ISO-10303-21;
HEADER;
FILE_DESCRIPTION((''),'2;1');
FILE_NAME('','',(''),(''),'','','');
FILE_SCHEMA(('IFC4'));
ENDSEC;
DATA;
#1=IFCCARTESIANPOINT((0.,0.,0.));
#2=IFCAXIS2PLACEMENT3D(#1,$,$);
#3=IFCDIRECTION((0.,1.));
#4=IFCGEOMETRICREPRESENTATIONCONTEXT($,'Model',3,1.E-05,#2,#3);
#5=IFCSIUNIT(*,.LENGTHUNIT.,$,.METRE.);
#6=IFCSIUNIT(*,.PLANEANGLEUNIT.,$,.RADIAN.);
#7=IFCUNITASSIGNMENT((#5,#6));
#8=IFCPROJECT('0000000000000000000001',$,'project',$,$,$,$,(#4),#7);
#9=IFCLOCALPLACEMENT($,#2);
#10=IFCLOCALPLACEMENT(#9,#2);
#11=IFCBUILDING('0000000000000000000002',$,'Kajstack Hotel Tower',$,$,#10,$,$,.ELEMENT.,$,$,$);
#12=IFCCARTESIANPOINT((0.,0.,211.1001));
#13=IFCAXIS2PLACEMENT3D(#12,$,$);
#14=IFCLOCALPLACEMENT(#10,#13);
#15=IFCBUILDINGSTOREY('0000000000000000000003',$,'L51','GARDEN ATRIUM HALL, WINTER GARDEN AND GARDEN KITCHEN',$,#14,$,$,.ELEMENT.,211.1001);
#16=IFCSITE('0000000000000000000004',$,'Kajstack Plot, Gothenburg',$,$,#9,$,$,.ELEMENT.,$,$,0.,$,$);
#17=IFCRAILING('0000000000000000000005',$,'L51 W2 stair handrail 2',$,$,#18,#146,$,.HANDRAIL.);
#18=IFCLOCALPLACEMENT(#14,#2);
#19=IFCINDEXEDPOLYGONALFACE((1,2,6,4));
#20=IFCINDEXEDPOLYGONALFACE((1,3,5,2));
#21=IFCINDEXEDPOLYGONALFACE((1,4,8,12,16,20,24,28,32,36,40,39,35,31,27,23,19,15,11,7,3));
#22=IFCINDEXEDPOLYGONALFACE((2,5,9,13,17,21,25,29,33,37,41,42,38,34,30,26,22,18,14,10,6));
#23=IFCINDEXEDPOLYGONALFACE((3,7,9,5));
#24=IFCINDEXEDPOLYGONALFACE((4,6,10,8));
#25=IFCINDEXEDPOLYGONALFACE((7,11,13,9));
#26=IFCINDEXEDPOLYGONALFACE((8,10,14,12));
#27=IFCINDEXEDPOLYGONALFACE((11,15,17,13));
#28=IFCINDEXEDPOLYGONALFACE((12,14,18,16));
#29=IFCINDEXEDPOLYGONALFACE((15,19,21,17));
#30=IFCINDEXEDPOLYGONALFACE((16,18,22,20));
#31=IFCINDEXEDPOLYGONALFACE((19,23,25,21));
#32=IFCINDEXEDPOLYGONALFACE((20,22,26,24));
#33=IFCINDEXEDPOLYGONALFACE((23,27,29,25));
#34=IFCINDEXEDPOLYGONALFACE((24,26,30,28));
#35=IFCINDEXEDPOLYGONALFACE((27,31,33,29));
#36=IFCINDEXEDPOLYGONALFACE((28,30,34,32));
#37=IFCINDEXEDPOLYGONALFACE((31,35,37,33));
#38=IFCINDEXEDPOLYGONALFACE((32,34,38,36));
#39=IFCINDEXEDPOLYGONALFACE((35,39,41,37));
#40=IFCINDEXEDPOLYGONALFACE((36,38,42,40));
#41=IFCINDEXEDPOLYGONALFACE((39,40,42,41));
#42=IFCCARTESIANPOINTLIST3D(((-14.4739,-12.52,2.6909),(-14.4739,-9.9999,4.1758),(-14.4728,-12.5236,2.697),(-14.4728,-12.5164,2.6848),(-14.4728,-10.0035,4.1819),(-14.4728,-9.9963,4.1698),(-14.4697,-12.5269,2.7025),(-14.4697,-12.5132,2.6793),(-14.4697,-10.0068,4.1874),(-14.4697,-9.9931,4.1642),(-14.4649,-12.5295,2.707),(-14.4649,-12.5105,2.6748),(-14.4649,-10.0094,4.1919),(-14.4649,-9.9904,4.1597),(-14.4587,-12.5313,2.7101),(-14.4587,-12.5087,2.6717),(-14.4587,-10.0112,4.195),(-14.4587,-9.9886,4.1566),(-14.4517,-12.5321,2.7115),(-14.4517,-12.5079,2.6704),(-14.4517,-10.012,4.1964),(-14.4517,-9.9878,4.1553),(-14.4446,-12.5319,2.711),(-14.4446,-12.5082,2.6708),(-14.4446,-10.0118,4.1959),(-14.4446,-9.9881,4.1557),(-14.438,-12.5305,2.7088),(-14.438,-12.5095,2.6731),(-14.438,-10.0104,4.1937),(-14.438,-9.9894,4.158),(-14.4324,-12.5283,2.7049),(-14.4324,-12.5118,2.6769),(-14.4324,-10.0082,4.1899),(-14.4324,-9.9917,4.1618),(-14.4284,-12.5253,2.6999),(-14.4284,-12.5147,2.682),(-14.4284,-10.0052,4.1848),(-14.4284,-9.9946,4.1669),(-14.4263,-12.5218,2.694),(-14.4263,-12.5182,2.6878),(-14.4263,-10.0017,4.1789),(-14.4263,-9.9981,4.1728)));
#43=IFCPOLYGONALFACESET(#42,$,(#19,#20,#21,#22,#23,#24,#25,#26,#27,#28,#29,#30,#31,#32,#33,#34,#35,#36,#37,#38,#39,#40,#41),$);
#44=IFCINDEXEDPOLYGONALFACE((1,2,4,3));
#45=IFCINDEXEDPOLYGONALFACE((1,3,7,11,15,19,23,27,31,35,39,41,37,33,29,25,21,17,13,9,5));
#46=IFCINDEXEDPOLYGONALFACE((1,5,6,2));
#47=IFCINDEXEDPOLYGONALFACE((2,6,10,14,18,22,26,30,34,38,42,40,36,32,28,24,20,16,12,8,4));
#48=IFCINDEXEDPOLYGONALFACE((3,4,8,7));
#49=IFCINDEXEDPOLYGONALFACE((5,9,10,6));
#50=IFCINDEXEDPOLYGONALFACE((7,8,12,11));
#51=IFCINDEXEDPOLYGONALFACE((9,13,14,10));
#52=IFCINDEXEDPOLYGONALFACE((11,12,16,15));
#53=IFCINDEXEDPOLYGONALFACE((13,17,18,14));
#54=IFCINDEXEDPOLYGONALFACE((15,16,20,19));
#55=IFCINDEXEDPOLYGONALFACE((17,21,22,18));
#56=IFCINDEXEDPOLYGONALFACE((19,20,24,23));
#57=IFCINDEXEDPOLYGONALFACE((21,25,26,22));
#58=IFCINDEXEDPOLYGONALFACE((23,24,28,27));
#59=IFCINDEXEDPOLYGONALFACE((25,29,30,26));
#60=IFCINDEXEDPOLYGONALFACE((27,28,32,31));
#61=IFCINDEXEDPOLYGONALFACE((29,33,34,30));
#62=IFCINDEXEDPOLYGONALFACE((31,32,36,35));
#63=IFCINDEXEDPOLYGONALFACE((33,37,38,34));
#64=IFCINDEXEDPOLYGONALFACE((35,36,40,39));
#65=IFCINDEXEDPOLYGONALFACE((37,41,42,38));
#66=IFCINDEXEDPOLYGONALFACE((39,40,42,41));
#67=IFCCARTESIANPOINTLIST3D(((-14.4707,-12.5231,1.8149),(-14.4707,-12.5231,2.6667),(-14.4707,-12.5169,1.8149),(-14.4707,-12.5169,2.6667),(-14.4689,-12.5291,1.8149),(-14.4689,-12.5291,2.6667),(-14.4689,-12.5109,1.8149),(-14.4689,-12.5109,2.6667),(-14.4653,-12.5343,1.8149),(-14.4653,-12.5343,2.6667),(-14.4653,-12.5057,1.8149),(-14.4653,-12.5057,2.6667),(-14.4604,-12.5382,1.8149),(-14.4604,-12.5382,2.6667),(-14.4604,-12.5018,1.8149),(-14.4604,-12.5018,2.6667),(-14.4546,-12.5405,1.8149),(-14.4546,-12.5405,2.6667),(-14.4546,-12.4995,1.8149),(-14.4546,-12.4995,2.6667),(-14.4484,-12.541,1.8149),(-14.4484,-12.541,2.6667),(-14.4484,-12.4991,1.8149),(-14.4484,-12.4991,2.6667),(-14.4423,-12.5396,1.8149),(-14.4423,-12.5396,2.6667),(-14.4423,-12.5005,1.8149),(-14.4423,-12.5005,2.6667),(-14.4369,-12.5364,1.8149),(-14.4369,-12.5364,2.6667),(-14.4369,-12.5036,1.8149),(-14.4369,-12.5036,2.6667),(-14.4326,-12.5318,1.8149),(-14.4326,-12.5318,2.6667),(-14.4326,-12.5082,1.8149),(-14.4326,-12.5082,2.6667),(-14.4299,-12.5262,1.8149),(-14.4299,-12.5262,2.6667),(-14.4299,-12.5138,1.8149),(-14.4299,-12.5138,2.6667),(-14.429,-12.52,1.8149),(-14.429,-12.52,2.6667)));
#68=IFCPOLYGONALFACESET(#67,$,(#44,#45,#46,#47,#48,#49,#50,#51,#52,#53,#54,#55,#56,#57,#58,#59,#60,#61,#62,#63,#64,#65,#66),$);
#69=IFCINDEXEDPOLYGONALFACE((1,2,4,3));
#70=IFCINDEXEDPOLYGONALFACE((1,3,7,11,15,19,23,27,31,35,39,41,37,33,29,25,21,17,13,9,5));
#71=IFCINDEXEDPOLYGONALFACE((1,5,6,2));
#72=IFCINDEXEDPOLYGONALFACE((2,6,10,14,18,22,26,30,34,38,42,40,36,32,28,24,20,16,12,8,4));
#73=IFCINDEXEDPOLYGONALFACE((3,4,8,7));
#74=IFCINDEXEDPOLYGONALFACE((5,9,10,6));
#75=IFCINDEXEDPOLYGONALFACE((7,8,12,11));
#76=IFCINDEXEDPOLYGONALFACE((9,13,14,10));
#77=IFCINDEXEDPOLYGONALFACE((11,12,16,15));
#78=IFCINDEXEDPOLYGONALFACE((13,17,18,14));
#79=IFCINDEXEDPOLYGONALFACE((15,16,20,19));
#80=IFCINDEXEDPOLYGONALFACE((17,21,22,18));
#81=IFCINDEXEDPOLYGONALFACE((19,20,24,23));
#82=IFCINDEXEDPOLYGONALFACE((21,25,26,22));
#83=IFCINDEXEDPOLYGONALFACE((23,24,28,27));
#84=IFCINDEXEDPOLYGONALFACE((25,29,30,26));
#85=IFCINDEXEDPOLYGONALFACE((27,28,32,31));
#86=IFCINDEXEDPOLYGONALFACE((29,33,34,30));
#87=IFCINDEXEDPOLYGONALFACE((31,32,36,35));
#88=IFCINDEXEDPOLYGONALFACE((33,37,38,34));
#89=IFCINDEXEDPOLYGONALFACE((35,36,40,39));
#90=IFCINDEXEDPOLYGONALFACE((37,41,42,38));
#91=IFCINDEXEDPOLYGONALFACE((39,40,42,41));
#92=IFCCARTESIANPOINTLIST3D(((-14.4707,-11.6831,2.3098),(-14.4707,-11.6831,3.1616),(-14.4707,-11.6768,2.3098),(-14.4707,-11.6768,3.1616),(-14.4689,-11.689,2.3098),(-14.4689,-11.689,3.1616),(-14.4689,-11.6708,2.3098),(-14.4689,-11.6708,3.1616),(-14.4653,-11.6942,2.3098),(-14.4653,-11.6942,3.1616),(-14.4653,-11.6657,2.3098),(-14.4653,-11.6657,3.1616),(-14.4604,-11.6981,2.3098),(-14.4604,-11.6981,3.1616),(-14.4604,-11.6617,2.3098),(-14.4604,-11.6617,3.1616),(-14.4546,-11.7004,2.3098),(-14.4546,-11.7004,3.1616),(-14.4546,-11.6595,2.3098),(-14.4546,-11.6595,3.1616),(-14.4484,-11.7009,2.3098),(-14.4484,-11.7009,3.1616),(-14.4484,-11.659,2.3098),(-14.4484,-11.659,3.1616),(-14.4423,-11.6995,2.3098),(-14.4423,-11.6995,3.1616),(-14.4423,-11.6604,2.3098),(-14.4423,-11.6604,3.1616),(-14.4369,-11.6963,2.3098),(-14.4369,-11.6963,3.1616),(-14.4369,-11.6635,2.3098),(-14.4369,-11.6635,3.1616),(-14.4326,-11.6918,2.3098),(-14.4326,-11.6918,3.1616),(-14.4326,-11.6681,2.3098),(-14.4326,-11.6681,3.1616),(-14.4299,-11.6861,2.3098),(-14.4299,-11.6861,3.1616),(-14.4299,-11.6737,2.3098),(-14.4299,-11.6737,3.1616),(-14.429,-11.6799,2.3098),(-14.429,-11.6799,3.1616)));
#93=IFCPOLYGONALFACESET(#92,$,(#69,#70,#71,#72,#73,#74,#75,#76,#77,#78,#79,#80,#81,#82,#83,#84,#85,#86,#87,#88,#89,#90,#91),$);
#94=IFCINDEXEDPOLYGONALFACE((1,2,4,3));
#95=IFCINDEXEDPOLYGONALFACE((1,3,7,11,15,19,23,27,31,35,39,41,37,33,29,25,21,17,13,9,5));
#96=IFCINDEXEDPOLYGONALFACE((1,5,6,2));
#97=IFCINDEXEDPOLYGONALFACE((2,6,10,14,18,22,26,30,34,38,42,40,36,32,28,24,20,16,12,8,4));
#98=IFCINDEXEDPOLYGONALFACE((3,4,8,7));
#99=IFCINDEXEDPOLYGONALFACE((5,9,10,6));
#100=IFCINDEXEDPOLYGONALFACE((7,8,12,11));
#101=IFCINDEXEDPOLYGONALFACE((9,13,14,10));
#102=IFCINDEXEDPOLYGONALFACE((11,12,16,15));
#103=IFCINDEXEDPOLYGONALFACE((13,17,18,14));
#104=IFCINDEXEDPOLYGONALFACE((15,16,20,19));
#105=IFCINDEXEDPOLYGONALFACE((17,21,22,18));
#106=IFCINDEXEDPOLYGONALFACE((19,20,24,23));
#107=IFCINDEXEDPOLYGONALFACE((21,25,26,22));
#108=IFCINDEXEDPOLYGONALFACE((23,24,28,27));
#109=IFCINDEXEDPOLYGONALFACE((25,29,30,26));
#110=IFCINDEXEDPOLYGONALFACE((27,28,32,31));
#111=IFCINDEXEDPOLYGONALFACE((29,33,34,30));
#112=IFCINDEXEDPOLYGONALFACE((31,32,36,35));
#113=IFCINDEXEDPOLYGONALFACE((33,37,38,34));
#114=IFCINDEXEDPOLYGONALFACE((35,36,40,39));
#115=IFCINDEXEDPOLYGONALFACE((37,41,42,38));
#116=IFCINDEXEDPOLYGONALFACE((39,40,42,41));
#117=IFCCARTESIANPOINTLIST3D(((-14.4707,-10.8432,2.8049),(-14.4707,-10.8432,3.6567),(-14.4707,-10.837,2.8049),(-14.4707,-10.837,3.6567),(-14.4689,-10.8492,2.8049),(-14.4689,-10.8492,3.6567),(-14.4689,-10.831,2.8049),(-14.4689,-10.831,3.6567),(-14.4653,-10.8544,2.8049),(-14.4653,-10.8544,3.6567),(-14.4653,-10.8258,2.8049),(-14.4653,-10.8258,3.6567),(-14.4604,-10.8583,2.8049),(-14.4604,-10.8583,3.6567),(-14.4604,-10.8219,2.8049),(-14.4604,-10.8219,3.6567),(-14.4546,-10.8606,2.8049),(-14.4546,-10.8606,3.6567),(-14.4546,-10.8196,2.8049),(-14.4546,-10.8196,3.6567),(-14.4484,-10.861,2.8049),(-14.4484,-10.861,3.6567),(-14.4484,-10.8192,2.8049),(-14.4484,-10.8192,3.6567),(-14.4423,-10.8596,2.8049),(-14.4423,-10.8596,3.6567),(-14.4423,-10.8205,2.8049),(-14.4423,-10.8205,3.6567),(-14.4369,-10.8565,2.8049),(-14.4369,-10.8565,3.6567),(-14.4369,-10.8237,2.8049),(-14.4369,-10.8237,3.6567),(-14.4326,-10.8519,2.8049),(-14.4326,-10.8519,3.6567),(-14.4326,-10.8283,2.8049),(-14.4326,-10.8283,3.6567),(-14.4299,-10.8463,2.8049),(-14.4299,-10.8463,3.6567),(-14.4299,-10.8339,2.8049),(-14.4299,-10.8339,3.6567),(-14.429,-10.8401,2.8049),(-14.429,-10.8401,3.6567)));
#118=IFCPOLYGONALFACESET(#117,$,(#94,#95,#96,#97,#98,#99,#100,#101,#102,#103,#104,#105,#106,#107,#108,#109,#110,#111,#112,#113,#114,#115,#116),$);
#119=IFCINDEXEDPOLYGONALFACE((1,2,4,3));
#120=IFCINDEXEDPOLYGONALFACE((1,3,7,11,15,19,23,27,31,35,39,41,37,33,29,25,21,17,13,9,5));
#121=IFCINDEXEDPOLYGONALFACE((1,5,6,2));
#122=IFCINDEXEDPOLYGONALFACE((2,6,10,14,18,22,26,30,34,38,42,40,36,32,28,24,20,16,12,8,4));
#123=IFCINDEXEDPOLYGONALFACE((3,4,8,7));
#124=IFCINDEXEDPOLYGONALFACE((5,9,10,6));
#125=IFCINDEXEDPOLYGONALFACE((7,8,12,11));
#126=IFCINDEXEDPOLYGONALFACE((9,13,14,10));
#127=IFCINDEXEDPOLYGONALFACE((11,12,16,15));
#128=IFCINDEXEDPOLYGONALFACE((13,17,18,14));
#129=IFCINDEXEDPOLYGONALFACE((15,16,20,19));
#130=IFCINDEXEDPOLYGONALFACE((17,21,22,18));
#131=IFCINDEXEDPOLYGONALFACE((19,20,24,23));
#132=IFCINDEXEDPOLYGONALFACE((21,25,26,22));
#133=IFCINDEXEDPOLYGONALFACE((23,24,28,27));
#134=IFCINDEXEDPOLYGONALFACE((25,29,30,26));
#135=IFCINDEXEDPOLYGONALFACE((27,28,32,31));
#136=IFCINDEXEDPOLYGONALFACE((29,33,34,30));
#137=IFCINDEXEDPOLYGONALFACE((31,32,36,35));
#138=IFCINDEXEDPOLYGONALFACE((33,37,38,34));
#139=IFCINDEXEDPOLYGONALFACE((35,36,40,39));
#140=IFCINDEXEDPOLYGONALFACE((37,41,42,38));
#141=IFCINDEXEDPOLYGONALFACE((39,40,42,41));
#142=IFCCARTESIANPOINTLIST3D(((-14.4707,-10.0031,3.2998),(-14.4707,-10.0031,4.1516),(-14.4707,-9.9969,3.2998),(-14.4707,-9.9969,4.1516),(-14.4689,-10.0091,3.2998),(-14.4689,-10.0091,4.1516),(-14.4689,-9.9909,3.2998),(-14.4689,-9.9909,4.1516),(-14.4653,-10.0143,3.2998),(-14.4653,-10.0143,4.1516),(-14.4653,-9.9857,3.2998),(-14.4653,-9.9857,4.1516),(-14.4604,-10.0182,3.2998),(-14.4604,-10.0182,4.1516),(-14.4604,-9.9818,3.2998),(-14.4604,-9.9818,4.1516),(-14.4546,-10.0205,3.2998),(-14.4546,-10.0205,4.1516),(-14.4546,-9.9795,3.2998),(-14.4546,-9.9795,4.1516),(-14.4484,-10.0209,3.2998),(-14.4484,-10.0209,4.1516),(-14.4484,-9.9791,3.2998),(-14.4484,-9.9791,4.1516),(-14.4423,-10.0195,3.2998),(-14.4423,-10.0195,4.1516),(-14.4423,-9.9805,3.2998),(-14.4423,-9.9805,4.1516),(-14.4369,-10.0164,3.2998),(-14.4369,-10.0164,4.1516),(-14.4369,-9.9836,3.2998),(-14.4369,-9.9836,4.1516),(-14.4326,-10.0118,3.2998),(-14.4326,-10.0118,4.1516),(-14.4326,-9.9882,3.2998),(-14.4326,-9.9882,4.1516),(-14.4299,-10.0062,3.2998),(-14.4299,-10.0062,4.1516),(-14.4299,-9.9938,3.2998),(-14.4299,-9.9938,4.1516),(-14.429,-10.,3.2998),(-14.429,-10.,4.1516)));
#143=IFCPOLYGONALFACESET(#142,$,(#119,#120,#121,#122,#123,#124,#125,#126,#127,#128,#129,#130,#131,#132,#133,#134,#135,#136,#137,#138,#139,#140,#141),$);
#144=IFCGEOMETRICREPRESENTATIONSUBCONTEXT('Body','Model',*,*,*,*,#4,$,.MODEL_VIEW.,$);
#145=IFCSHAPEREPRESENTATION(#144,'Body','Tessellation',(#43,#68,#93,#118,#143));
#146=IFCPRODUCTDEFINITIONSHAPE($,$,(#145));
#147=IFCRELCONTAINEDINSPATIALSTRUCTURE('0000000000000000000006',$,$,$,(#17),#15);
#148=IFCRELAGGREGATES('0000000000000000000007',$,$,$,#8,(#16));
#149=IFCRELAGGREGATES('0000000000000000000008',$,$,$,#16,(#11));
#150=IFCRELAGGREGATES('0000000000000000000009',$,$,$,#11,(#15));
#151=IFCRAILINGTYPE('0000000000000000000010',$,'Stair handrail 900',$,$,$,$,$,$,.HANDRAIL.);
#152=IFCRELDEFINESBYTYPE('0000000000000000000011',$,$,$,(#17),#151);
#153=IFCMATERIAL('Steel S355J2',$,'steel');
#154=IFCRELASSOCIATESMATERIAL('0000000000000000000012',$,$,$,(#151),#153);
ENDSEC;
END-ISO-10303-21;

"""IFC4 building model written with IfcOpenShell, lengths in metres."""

from ifc_helpers import new_model, si_unit, direction, frame, origin, origin_2d, place, context, subcontext, project, spatial, circle, extrude, material, type_object, element, save


model = new_model("IFC4")

# Units and contexts
model_context = context("Model", 3, precision=1e-05, world=origin(), true_north=direction((0.0, 1.0)))
body_context = subcontext(model_context, "Body", "Model", "MODEL_VIEW")
ifc_project = project(units=[si_unit("LENGTHUNIT", "METRE"), si_unit("PLANEANGLEUNIT", "RADIAN")], contexts=[model_context])

# Site, building, storey
site_placement = place(None, origin())
site = spatial("IfcSite", under=ifc_project, at=site_placement, Name="Kajstack Plot, Gothenburg", CompositionType="ELEMENT", RefElevation=0.0)
building_placement = place(site_placement, origin())
building = spatial("IfcBuilding", under=site, at=building_placement, Name="Kajstack Hotel Tower", CompositionType="ELEMENT")
storey_placement = place(building_placement, frame((0.0, 0.0, 211.1001)))
storey = spatial("IfcBuildingStorey", under=building, at=storey_placement, Name="L51", Description="GARDEN ATRIUM HALL, WINTER GARDEN AND GARDEN KITCHEN", CompositionType="ELEMENT", Elevation=211.1001)

# Railing
ifc_material_1 = material(Name="Steel S355J2", Category="steel")
railing_type_1 = type_object("IfcRailingType", Name="Stair handrail 900", PredefinedType="HANDRAIL", material=ifc_material_1)
railing_1_placement = place(storey_placement, frame((-14.45, -12.52, 1.8149)))
element("IfcRailing", 1, at=railing_1_placement, inside=storey, type_object=railing_type_1, Name="L51 W2 stair handrail 2", PredefinedType="HANDRAIL", context=body_context, shape_type="SweptSolid", body=[
    extrude(circle(Radius=0.0239, at=origin_2d()), frame((0.0, 0.0, 0.876), z_axis=(0.0, 0.861561, 0.507655), x_axis=(-1.0, 0.0, 0.0)), (0.0, 0.0, 1.0), 2.925),
    extrude(circle(Radius=0.021, at=origin_2d()), origin(), (0.0, 0.0, 1.0), 0.8518),
    extrude(circle(Radius=0.021, at=origin_2d()), frame((0.0, 0.8401, 0.4949)), (0.0, 0.0, 1.0), 0.8518),
    extrude(circle(Radius=0.021, at=origin_2d()), frame((0.0, 1.6799, 0.99)), (0.0, 0.0, 1.0), 0.8518),
    extrude(circle(Radius=0.021, at=origin_2d()), frame((0.0, 2.52, 1.4849)), (0.0, 0.0, 1.0), 0.8518),
])

save(model, "model.ifc")
